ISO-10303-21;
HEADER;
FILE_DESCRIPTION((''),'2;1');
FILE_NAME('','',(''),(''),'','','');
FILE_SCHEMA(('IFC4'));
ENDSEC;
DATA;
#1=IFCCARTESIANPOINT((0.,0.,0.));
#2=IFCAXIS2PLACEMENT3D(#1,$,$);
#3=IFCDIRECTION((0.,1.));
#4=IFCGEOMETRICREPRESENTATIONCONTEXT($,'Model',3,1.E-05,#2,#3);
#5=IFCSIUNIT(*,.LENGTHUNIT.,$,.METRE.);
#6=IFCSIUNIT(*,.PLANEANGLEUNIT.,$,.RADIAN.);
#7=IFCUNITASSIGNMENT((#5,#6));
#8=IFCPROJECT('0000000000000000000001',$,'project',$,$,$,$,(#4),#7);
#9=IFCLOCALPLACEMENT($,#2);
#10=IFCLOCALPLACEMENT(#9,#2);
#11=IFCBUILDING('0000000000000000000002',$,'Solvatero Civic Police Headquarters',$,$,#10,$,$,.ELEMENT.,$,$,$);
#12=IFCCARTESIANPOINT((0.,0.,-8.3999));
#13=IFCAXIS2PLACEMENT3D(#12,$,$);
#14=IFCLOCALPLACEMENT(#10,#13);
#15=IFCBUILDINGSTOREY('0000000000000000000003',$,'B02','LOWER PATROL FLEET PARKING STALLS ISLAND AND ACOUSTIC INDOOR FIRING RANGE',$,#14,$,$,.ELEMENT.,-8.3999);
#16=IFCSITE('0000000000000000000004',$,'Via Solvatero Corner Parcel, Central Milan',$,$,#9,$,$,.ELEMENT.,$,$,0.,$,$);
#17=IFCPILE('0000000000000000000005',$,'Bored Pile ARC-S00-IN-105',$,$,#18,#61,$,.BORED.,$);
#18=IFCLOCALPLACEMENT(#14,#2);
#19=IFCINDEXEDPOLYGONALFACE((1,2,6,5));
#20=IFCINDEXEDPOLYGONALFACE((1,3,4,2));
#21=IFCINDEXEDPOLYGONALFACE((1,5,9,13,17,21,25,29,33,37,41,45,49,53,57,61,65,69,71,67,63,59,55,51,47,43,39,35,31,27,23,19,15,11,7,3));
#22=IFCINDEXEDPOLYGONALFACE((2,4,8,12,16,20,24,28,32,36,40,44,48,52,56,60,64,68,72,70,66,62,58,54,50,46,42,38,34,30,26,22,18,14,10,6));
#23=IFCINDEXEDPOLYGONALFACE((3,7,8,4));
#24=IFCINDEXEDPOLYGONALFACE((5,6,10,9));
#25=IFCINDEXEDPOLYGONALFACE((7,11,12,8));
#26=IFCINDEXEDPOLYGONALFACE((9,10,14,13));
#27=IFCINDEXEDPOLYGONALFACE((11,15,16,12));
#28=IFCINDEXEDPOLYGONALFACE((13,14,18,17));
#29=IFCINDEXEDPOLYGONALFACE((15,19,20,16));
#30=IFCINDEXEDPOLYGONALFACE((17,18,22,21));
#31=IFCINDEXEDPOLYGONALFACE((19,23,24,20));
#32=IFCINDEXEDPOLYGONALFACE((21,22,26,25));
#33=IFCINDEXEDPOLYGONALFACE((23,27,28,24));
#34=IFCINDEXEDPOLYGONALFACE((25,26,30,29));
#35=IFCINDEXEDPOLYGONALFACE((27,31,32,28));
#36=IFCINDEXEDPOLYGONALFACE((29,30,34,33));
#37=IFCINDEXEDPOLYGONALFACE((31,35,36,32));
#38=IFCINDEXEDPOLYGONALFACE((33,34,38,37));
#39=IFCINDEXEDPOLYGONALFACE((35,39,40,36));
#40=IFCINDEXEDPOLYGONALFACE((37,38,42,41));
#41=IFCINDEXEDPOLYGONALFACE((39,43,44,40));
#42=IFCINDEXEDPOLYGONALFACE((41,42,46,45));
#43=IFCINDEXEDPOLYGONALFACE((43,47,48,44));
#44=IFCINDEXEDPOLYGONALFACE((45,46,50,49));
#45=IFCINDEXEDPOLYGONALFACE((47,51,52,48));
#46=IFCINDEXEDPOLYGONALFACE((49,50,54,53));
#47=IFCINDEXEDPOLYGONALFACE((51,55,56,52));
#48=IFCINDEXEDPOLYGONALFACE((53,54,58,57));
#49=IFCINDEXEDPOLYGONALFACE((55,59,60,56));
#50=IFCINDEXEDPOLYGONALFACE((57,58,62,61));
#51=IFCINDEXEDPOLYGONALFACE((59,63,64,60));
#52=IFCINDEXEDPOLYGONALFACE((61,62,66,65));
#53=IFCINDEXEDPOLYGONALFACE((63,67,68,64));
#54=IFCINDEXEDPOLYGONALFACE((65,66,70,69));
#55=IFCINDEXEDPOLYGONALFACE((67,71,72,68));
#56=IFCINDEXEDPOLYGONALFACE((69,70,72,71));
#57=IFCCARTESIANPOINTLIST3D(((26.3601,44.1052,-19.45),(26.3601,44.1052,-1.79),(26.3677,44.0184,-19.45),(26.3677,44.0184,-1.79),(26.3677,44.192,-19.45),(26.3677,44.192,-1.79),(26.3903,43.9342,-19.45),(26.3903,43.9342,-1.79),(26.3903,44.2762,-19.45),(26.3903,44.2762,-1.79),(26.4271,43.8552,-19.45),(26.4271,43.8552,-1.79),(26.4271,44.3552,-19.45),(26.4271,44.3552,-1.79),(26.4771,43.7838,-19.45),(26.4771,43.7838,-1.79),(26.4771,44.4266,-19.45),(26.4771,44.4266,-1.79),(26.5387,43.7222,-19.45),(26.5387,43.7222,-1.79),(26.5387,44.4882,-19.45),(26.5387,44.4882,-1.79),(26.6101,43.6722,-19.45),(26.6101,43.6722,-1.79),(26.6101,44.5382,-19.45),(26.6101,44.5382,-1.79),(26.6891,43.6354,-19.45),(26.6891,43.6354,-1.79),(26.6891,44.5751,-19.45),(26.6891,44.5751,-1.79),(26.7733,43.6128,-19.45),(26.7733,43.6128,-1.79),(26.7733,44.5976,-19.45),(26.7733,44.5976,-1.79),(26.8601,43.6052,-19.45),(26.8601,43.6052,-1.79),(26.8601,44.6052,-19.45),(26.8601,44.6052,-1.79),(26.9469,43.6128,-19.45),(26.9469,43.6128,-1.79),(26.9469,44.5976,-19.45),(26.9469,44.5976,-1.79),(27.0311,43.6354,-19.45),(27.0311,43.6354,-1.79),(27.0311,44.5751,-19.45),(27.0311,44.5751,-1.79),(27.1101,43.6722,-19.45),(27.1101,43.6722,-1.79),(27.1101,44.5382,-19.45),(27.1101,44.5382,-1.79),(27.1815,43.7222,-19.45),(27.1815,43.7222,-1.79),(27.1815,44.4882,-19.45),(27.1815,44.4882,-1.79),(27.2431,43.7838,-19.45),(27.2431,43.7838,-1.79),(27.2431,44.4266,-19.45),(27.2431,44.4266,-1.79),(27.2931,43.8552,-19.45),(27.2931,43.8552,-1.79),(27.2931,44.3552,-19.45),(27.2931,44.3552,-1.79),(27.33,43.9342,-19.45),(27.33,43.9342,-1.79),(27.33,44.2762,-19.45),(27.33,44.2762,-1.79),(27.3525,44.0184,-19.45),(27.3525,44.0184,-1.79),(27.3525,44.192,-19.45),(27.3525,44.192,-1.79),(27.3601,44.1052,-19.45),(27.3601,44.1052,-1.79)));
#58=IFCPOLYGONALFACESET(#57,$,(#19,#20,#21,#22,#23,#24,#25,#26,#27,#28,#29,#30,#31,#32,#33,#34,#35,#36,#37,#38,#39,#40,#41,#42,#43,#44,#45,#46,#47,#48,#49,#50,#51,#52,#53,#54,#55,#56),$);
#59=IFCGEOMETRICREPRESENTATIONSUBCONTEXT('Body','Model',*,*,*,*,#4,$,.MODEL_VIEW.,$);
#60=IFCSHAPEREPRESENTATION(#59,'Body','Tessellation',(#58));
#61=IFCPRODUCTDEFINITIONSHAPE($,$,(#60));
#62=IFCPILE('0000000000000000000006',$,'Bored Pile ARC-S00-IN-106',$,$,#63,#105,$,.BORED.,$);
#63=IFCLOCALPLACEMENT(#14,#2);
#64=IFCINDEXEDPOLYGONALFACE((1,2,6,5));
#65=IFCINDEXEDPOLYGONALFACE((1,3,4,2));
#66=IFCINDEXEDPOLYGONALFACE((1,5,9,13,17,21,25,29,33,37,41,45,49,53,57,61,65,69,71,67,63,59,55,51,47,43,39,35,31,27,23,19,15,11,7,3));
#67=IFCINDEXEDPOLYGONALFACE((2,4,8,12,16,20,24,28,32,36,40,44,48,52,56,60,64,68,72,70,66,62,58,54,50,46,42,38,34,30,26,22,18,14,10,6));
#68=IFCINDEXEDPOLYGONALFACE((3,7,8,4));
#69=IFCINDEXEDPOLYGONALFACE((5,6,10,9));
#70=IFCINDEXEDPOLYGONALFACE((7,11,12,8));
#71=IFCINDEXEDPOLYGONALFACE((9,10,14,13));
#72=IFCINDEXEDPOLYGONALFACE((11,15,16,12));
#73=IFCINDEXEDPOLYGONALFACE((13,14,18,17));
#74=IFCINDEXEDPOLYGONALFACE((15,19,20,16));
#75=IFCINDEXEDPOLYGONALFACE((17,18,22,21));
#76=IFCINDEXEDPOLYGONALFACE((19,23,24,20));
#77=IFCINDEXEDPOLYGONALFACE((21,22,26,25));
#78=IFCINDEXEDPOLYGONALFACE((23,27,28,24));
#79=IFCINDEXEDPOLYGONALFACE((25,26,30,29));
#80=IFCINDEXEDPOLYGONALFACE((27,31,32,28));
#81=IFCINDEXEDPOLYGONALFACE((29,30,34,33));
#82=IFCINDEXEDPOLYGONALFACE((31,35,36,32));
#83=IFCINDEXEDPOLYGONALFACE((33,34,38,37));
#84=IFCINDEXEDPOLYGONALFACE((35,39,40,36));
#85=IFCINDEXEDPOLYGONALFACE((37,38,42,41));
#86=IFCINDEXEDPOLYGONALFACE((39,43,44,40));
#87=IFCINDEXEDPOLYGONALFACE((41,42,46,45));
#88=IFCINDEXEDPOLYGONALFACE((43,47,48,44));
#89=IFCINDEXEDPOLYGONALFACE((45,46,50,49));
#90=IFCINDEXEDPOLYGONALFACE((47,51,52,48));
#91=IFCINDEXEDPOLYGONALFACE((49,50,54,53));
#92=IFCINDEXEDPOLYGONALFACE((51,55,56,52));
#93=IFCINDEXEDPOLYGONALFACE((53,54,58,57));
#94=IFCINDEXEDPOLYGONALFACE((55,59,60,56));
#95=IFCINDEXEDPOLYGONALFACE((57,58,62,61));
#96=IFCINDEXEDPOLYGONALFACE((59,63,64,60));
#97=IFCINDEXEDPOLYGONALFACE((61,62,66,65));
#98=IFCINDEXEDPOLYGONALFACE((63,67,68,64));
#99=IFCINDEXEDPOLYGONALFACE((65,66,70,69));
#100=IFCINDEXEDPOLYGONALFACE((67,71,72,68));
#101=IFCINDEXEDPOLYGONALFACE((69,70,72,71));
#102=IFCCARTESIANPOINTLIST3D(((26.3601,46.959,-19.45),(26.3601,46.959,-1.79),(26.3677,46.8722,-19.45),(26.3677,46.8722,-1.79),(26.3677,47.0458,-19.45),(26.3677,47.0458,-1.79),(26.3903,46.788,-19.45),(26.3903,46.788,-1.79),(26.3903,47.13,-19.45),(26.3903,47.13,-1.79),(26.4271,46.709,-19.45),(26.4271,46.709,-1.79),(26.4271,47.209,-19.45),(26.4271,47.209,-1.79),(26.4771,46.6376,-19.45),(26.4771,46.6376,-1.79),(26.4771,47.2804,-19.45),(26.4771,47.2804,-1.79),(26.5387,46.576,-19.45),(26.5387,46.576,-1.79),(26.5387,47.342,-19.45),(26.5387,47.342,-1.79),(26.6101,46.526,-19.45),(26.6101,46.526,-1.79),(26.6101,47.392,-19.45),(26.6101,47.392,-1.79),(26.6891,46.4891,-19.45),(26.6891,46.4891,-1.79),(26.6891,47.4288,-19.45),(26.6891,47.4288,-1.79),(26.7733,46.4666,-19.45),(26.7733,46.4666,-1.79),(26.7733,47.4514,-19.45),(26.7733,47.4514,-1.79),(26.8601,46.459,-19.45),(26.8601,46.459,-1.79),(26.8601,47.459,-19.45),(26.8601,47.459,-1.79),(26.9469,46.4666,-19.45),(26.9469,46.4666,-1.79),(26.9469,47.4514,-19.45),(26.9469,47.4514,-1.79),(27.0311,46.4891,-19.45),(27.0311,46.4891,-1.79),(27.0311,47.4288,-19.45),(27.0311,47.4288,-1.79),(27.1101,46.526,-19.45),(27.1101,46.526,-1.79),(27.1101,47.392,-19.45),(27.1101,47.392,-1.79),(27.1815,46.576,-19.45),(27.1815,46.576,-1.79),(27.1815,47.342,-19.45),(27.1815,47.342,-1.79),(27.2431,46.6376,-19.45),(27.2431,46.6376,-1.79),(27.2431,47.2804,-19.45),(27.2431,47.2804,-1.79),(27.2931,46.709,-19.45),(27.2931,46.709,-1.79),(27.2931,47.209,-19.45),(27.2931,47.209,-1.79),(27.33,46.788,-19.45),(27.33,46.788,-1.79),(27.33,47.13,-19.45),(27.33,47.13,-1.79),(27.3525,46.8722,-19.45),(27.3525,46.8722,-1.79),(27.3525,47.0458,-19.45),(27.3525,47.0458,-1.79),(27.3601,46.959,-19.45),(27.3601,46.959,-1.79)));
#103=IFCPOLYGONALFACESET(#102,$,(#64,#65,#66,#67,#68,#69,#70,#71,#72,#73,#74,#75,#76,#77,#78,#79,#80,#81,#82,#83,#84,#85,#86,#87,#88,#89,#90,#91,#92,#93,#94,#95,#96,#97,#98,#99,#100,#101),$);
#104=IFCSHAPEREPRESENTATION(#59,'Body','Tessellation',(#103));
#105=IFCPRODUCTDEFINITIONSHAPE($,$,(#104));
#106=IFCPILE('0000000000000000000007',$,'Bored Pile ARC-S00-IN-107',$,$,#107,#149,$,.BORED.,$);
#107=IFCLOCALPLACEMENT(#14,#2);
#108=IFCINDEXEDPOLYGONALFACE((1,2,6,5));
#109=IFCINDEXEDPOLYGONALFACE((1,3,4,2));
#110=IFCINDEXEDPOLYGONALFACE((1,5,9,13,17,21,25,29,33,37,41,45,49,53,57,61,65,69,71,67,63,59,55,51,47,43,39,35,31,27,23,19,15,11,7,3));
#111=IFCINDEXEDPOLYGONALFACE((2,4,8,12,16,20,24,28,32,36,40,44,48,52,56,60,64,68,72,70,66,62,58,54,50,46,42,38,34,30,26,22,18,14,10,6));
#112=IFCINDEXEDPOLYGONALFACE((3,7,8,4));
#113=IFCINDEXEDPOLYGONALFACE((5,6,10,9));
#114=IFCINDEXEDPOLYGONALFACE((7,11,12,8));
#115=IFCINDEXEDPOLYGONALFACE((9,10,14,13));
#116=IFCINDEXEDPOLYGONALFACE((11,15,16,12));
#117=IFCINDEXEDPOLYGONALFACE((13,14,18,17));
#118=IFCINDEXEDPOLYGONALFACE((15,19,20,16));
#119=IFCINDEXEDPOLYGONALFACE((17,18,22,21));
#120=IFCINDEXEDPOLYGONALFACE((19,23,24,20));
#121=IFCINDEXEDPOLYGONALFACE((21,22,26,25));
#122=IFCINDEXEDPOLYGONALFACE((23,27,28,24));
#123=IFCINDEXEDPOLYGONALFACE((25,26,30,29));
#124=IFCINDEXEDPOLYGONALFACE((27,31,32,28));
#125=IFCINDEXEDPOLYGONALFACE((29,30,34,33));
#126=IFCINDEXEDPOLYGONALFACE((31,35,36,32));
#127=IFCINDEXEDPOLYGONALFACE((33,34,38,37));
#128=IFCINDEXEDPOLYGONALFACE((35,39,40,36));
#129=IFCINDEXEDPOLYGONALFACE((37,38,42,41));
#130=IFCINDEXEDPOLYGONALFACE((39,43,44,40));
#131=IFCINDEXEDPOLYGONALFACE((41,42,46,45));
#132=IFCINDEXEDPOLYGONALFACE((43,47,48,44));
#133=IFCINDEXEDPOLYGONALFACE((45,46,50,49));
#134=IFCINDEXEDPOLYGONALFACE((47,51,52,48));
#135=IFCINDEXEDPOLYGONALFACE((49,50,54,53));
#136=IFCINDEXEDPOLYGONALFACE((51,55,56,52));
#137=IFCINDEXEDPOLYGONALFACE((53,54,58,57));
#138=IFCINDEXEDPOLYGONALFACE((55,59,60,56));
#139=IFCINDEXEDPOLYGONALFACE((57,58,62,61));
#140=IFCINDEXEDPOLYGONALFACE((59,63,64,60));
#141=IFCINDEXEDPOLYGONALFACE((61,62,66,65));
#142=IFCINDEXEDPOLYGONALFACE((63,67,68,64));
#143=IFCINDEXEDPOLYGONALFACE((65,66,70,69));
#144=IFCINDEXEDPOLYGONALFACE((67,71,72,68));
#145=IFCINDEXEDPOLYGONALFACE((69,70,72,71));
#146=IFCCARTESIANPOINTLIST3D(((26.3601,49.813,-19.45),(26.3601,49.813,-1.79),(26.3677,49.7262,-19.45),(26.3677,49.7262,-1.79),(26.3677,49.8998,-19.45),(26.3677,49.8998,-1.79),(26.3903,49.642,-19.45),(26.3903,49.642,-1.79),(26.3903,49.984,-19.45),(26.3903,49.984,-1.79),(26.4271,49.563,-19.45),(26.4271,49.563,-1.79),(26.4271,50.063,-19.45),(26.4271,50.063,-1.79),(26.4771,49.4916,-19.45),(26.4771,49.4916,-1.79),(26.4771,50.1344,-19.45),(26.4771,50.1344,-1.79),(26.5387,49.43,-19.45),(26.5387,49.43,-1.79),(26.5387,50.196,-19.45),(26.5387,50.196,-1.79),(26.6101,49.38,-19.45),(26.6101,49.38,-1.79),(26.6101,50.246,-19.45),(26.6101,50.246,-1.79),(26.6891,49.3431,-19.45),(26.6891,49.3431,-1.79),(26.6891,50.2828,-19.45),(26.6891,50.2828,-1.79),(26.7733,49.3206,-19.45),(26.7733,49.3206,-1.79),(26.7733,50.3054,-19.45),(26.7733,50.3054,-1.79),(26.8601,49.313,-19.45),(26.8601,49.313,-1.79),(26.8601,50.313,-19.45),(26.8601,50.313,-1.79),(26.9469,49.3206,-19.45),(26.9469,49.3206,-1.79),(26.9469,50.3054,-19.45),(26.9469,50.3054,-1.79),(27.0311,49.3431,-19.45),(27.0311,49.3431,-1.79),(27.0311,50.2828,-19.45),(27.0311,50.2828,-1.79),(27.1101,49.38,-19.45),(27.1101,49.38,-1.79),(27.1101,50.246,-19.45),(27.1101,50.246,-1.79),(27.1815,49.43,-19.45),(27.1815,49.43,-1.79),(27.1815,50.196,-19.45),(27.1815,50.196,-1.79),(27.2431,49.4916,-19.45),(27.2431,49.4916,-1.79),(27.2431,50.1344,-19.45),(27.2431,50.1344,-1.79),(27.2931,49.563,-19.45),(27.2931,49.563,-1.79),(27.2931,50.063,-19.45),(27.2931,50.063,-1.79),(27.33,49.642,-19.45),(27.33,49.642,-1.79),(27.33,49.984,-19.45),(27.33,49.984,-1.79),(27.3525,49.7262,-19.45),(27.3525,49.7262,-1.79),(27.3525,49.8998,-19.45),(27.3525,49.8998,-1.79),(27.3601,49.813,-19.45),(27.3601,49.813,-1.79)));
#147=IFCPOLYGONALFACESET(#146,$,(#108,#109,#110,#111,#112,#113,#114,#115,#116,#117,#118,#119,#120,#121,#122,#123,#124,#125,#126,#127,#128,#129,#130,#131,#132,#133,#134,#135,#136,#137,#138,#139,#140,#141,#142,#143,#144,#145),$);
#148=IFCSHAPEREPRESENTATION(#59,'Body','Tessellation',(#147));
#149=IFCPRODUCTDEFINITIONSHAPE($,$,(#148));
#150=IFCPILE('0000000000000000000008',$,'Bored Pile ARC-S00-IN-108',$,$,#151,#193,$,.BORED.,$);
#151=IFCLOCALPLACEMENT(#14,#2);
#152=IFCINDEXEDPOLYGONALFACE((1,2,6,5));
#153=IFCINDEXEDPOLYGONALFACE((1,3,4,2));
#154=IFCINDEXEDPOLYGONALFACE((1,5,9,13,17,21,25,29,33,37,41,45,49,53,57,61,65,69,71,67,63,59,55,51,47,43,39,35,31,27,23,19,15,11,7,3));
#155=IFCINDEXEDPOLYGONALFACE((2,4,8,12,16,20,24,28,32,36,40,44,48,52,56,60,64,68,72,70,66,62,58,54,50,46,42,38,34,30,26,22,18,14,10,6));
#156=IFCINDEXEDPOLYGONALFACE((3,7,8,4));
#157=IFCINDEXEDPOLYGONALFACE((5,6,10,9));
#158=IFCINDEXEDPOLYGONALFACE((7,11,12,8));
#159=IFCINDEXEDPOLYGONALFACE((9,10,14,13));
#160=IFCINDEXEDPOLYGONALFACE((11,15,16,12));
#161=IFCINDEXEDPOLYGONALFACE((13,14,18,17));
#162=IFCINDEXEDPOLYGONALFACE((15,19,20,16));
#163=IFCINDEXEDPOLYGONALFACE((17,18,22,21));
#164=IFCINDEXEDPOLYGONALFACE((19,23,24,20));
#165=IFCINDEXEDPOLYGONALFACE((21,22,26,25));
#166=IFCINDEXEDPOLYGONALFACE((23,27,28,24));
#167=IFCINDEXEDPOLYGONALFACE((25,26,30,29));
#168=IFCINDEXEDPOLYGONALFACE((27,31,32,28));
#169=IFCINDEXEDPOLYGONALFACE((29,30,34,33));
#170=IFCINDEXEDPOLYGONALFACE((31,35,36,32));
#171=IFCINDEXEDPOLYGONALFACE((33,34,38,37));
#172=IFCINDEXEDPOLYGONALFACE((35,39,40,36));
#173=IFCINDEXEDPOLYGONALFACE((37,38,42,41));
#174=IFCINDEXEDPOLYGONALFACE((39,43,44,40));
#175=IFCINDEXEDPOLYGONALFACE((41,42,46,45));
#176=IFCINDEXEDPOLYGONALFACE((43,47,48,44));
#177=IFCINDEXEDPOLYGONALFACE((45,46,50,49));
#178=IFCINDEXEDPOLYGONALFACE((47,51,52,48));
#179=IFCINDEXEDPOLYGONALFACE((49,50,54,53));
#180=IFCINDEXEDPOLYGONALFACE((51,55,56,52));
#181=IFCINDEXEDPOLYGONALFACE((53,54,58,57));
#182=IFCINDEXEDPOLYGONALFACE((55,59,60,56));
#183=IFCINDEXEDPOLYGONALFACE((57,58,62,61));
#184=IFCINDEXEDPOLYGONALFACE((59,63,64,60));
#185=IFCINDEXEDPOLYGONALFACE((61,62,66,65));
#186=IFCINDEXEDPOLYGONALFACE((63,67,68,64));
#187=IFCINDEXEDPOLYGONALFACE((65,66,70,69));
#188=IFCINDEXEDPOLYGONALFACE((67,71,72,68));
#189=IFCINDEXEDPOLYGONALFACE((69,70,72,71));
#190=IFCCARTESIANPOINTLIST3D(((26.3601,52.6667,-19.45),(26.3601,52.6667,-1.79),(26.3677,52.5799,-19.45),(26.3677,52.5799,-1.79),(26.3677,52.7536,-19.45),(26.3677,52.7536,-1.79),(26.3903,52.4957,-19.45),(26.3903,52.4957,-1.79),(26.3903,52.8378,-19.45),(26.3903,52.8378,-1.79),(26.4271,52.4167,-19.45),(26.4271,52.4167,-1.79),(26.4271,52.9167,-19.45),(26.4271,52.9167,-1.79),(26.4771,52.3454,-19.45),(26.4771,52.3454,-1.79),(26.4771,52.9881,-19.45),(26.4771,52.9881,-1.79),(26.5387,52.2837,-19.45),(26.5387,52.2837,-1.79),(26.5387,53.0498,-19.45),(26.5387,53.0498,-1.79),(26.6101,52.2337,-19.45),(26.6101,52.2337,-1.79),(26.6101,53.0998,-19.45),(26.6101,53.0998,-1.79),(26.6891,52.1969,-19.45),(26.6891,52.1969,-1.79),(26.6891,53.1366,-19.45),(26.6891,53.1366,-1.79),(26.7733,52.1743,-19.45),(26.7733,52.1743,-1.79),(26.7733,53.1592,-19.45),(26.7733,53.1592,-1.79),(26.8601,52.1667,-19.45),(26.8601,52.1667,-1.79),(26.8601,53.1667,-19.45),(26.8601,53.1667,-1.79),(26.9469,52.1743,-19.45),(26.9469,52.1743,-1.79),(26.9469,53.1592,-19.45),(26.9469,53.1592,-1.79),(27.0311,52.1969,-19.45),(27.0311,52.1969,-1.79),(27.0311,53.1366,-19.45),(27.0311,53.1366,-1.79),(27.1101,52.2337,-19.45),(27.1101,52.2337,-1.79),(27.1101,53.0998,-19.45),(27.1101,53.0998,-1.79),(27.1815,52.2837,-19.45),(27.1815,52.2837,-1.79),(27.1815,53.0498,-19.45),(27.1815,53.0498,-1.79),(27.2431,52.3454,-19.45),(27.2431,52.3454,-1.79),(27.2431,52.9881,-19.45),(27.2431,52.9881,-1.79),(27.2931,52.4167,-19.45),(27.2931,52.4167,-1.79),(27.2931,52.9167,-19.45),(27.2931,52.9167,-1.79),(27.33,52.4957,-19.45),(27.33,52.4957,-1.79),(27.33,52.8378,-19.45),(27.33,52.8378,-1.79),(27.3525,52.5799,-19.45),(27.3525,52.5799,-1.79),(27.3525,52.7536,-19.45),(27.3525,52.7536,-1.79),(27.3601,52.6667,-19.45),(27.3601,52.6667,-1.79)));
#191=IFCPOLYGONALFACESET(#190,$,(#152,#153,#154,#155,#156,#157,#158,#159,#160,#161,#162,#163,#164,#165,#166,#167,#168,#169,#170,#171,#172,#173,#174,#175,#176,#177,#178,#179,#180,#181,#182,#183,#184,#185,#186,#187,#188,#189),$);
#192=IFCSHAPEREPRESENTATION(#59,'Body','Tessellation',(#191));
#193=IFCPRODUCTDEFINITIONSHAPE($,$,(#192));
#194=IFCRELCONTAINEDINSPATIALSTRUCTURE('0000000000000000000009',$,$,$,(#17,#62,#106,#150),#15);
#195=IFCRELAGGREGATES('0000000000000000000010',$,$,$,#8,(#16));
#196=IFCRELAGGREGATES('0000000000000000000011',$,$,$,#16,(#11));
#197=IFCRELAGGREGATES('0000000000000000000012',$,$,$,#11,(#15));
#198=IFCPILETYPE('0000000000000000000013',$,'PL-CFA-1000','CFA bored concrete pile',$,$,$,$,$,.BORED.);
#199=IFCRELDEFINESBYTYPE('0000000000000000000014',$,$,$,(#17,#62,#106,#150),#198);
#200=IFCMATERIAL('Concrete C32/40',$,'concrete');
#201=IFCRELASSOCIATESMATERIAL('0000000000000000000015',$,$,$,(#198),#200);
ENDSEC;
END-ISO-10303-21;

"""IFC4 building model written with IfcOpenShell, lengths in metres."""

from ifc_helpers import new_model, si_unit, direction, frame, origin, origin_2d, place, context, subcontext, project, spatial, circle, extrude, material, material_profile, profile_set, type_object, element, save


model = new_model("IFC4")

# Units and contexts
model_context = context("Model", 3, precision=1e-05, world=origin(), true_north=direction((0.0, 1.0)))
body_context = subcontext(model_context, "Body", "Model", "MODEL_VIEW")
ifc_project = project(units=[si_unit("LENGTHUNIT", "METRE"), si_unit("PLANEANGLEUNIT", "RADIAN")], contexts=[model_context])

# Site, building, storey
site_placement = place(None, origin())
site = spatial("IfcSite", under=ifc_project, at=site_placement, Name="Via Solvatero Corner Parcel, Central Milan", CompositionType="ELEMENT", RefElevation=0.0)
building_placement = place(site_placement, origin())
building = spatial("IfcBuilding", under=site, at=building_placement, Name="Solvatero Civic Police Headquarters", CompositionType="ELEMENT")
storey_placement = place(building_placement, frame((0.0, 0.0, -8.3999)))
storey = spatial("IfcBuildingStorey", under=building, at=storey_placement, Name="B02", Description="LOWER PATROL FLEET PARKING STALLS ISLAND AND ACOUSTIC INDOOR FIRING RANGE", CompositionType="ELEMENT", Elevation=-8.3999)

# Piles
ifc_material_1 = material(Name="Concrete C32/40", Category="concrete")
ifc_material_profile_1 = material_profile(ifc_material_1, circle(Radius=0.5, at=origin_2d()), Name="CFA PILE D1000")
ifc_profile_set_1 = profile_set([ifc_material_profile_1], Name="Concrete C32/40")
pile_type = type_object("IfcPileType", Name="PL-CFA-1000", Description="CFA bored concrete pile", PredefinedType="BORED", material=ifc_profile_set_1)
for number, where, z_axis, x_axis, name in (
    (1, (26.8601, 44.1052, -1.79), (0.0, 0.0, -1.0), (1.0, 0.0, 0.0), "Bored Pile ARC-S00-IN-105"),
    (2, (26.8601, 46.959, -1.79), (0.0, 0.0, -1.0), (1.0, 0.0, 0.0), "Bored Pile ARC-S00-IN-106"),
    (3, (26.8601, 49.813, -1.79), (0.0, 0.0, -1.0), (1.0, 0.0, 0.0), "Bored Pile ARC-S00-IN-107"),
    (4, (26.8601, 52.6667, -1.79), (0.0, 0.0, -1.0), (1.0, 0.0, 0.0), "Bored Pile ARC-S00-IN-108"),
):
    element("IfcPile", number, at=place(storey_placement, frame(where, z_axis=z_axis, x_axis=x_axis)), inside=storey, type_object=pile_type, Name=name, PredefinedType="BORED", context=body_context, shape_type="SweptSolid", body=[
        extrude(circle(Radius=0.5, at=origin_2d()), origin(), (0.0, 0.0, 1.0), 17.6599),
    ])

save(model, "model.ifc")
